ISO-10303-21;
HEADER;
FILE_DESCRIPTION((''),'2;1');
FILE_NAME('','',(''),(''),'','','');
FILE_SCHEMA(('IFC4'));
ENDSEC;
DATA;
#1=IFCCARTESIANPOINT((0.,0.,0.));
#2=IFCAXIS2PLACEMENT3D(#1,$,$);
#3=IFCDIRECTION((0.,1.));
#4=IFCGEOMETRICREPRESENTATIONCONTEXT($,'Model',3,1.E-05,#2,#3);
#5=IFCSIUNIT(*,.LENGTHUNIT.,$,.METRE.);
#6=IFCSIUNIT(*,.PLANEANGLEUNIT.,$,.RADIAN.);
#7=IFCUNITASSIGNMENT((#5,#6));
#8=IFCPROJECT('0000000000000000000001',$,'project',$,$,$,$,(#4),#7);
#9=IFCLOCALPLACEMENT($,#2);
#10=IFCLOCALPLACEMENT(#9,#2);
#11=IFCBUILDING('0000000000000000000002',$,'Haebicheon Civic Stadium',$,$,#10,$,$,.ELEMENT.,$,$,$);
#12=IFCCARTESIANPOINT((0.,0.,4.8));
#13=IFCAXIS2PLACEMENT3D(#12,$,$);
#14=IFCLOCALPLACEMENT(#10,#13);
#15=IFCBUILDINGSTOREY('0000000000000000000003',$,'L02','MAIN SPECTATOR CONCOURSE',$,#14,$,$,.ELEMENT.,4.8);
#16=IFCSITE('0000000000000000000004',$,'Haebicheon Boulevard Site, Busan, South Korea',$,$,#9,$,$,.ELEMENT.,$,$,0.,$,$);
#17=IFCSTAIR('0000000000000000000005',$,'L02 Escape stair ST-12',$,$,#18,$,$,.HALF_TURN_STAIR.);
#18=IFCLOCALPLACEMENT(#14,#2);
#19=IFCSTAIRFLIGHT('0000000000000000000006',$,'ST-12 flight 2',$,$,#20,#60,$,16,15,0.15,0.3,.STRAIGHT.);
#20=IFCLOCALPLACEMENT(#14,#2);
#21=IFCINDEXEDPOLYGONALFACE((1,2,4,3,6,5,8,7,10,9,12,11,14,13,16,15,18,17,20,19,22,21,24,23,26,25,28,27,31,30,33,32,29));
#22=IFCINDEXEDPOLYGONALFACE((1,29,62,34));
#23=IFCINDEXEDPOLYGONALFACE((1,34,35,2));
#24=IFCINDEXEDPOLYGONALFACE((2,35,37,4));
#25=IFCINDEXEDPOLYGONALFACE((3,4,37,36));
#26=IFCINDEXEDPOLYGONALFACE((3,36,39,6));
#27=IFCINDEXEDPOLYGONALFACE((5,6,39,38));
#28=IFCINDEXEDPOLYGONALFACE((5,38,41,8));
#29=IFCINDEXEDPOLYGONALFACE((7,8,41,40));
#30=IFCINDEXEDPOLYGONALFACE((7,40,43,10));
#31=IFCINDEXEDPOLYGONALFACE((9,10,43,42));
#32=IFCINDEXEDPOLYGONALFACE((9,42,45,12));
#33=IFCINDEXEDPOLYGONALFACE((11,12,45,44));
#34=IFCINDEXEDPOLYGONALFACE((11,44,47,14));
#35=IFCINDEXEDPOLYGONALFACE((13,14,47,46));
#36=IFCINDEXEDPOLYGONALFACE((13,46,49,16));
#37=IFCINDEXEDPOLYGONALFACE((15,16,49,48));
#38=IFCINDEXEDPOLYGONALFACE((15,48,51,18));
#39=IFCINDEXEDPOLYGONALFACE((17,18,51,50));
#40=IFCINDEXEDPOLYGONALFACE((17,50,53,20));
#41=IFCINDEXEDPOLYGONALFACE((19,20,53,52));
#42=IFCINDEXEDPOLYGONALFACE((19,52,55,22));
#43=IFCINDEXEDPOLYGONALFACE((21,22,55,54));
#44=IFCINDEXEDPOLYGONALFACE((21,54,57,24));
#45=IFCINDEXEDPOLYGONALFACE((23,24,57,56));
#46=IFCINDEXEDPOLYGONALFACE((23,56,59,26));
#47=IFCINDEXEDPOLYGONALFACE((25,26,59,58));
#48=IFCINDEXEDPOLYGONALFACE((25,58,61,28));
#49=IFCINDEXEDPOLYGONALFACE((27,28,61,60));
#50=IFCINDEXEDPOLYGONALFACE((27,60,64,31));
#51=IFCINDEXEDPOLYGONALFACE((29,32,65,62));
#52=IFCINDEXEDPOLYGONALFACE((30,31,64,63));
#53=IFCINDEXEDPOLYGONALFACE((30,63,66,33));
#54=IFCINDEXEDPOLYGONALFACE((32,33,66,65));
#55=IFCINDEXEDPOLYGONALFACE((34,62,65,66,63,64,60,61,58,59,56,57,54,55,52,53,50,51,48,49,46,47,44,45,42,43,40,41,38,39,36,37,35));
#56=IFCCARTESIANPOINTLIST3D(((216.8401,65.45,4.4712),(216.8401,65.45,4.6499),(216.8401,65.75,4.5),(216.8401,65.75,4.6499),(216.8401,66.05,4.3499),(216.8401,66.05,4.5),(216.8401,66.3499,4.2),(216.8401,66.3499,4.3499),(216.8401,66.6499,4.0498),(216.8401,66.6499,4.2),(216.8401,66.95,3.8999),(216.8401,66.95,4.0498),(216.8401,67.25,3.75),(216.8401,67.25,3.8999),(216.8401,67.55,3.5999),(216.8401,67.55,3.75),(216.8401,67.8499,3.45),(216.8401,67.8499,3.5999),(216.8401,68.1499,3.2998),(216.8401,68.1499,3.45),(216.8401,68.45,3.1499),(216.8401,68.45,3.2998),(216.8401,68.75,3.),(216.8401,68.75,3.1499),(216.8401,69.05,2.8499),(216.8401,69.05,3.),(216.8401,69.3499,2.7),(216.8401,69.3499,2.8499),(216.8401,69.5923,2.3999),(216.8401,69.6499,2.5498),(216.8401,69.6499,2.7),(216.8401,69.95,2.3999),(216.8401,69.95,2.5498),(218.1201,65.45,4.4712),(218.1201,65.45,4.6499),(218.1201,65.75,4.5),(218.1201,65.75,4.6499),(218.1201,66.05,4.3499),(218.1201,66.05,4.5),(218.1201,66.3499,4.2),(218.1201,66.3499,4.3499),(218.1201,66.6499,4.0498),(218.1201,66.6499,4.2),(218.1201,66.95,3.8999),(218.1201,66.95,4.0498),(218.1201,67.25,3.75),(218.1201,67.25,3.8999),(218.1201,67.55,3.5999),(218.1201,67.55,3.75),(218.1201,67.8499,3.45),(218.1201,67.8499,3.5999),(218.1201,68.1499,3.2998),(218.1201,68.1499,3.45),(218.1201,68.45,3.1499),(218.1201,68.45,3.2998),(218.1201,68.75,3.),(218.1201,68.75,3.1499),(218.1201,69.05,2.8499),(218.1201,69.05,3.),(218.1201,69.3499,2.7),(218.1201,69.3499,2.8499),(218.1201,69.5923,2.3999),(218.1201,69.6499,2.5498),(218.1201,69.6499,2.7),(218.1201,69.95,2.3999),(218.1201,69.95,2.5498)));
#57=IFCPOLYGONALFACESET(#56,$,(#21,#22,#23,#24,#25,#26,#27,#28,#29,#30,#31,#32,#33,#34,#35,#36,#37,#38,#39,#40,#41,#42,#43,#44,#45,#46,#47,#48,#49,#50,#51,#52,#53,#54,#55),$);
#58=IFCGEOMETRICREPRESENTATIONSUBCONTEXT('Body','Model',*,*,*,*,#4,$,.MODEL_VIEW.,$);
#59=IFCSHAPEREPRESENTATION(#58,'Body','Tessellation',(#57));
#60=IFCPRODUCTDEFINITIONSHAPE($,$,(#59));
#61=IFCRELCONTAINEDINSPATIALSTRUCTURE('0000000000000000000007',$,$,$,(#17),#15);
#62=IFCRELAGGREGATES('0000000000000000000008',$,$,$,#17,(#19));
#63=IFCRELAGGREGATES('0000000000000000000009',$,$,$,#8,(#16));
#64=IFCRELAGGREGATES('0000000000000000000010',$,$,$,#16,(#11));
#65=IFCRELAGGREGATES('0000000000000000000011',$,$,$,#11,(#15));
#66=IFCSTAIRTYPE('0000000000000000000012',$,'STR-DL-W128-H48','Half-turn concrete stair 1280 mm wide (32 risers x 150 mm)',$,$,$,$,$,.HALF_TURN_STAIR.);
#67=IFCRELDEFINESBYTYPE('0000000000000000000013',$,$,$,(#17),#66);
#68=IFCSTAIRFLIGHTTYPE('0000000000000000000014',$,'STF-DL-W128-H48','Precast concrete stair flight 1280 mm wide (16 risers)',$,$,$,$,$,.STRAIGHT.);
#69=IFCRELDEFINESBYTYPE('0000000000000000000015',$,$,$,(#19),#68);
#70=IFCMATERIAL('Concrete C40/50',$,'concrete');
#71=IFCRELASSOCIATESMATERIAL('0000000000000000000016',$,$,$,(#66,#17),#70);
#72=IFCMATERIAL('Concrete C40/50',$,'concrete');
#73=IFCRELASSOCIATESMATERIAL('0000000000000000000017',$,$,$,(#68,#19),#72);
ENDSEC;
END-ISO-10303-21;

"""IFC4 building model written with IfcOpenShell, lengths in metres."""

from ifc_helpers import new_model, si_unit, direction, frame, origin, place, context, subcontext, project, spatial, polyline, outline, extrude, material, type_object, element, aggregate, save


model = new_model("IFC4")

# Units and contexts
model_context = context("Model", 3, precision=1e-05, world=origin(), true_north=direction((0.0, 1.0)))
body_context = subcontext(model_context, "Body", "Model", "MODEL_VIEW")
ifc_project = project(units=[si_unit("LENGTHUNIT", "METRE"), si_unit("PLANEANGLEUNIT", "RADIAN")], contexts=[model_context])

# Site, building, storey
site_placement = place(None, origin())
site = spatial("IfcSite", under=ifc_project, at=site_placement, Name="Haebicheon Boulevard Site, Busan, South Korea", CompositionType="ELEMENT", RefElevation=0.0)
building_placement = place(site_placement, origin())
building = spatial("IfcBuilding", under=site, at=building_placement, Name="Haebicheon Civic Stadium", CompositionType="ELEMENT")
storey_placement = place(building_placement, frame((0.0, 0.0, 4.8)))
storey = spatial("IfcBuildingStorey", under=building, at=storey_placement, Name="L02", Description="MAIN SPECTATOR CONCOURSE", CompositionType="ELEMENT", Elevation=4.8)

# Stair, stair flight
ifc_material_1 = material(Name="Concrete C40/50", Category="concrete")
stair_type = type_object("IfcStairType", Name="STR-DL-W128-H48", Description="Half-turn concrete stair 1280 mm wide (32 risers x 150 mm)", PredefinedType="HALF_TURN_STAIR", material=ifc_material_1)
stair_placement = place(storey_placement, origin())
stair = element("IfcStair", 1, at=stair_placement, inside=storey, type_object=stair_type, material=ifc_material_1, Name="L02 Escape stair ST-12", PredefinedType="HALF_TURN_STAIR")
ifc_material_2 = material(Name="Concrete C40/50", Category="concrete")
stair_flight_type = type_object("IfcStairFlightType", Name="STF-DL-W128-H48", Description="Precast concrete stair flight 1280 mm wide (16 risers)", PredefinedType="STRAIGHT", material=ifc_material_2)
stair_flight_placement = place(storey_placement, frame((217.48, 69.95, 2.3999), z_axis=(0.0, 0.0, 1.0), x_axis=(0.0, -1.0, 0.0)))
stair_flight = element("IfcStairFlight", 2, at=stair_flight_placement, type_object=stair_flight_type, material=ifc_material_2, Name="ST-12 flight 2", NumberOfRisers=16, NumberOfTreads=15, PredefinedType="STRAIGHT", RiserHeight=0.15, TreadLength=0.3, context=body_context, shape_type="SweptSolid", body=[
    extrude(outline(polyline([(0.0, 0.0), (0.0, 0.1499), (0.3, 0.1499), (0.3, 0.3), (0.6001, 0.3), (0.6001, 0.45), (0.8999, 0.45), (0.8999, 0.6001), (1.2, 0.6001), (1.2, 0.75), (1.5, 0.75), (1.5, 0.8999), (1.8, 0.8999), (1.8, 1.05), (2.1001, 1.05), (2.1001, 1.2), (2.3999, 1.2), (2.3999, 1.3501), (2.7, 1.3501), (2.7, 1.5), (3.0, 1.5), (3.0, 1.6499), (3.3, 1.6499), (3.3, 1.8), (3.6001, 1.8), (3.6001, 1.95), (3.8999, 1.95), (3.8999, 2.1001), (4.2, 2.1001), (4.2, 2.25), (4.5, 2.25), (4.5, 2.3999), (4.5, 2.0713), (0.3577, 0.0), (0.0, 0.0)])), frame((0.0, 0.6401, 0.0), z_axis=(0.0, -1.0, 0.0), x_axis=(1.0, 0.0, 0.0)), (0.0, 0.0, 1.0), 1.28),
])
aggregate(stair, [stair_flight])

save(model, "model.ifc")
